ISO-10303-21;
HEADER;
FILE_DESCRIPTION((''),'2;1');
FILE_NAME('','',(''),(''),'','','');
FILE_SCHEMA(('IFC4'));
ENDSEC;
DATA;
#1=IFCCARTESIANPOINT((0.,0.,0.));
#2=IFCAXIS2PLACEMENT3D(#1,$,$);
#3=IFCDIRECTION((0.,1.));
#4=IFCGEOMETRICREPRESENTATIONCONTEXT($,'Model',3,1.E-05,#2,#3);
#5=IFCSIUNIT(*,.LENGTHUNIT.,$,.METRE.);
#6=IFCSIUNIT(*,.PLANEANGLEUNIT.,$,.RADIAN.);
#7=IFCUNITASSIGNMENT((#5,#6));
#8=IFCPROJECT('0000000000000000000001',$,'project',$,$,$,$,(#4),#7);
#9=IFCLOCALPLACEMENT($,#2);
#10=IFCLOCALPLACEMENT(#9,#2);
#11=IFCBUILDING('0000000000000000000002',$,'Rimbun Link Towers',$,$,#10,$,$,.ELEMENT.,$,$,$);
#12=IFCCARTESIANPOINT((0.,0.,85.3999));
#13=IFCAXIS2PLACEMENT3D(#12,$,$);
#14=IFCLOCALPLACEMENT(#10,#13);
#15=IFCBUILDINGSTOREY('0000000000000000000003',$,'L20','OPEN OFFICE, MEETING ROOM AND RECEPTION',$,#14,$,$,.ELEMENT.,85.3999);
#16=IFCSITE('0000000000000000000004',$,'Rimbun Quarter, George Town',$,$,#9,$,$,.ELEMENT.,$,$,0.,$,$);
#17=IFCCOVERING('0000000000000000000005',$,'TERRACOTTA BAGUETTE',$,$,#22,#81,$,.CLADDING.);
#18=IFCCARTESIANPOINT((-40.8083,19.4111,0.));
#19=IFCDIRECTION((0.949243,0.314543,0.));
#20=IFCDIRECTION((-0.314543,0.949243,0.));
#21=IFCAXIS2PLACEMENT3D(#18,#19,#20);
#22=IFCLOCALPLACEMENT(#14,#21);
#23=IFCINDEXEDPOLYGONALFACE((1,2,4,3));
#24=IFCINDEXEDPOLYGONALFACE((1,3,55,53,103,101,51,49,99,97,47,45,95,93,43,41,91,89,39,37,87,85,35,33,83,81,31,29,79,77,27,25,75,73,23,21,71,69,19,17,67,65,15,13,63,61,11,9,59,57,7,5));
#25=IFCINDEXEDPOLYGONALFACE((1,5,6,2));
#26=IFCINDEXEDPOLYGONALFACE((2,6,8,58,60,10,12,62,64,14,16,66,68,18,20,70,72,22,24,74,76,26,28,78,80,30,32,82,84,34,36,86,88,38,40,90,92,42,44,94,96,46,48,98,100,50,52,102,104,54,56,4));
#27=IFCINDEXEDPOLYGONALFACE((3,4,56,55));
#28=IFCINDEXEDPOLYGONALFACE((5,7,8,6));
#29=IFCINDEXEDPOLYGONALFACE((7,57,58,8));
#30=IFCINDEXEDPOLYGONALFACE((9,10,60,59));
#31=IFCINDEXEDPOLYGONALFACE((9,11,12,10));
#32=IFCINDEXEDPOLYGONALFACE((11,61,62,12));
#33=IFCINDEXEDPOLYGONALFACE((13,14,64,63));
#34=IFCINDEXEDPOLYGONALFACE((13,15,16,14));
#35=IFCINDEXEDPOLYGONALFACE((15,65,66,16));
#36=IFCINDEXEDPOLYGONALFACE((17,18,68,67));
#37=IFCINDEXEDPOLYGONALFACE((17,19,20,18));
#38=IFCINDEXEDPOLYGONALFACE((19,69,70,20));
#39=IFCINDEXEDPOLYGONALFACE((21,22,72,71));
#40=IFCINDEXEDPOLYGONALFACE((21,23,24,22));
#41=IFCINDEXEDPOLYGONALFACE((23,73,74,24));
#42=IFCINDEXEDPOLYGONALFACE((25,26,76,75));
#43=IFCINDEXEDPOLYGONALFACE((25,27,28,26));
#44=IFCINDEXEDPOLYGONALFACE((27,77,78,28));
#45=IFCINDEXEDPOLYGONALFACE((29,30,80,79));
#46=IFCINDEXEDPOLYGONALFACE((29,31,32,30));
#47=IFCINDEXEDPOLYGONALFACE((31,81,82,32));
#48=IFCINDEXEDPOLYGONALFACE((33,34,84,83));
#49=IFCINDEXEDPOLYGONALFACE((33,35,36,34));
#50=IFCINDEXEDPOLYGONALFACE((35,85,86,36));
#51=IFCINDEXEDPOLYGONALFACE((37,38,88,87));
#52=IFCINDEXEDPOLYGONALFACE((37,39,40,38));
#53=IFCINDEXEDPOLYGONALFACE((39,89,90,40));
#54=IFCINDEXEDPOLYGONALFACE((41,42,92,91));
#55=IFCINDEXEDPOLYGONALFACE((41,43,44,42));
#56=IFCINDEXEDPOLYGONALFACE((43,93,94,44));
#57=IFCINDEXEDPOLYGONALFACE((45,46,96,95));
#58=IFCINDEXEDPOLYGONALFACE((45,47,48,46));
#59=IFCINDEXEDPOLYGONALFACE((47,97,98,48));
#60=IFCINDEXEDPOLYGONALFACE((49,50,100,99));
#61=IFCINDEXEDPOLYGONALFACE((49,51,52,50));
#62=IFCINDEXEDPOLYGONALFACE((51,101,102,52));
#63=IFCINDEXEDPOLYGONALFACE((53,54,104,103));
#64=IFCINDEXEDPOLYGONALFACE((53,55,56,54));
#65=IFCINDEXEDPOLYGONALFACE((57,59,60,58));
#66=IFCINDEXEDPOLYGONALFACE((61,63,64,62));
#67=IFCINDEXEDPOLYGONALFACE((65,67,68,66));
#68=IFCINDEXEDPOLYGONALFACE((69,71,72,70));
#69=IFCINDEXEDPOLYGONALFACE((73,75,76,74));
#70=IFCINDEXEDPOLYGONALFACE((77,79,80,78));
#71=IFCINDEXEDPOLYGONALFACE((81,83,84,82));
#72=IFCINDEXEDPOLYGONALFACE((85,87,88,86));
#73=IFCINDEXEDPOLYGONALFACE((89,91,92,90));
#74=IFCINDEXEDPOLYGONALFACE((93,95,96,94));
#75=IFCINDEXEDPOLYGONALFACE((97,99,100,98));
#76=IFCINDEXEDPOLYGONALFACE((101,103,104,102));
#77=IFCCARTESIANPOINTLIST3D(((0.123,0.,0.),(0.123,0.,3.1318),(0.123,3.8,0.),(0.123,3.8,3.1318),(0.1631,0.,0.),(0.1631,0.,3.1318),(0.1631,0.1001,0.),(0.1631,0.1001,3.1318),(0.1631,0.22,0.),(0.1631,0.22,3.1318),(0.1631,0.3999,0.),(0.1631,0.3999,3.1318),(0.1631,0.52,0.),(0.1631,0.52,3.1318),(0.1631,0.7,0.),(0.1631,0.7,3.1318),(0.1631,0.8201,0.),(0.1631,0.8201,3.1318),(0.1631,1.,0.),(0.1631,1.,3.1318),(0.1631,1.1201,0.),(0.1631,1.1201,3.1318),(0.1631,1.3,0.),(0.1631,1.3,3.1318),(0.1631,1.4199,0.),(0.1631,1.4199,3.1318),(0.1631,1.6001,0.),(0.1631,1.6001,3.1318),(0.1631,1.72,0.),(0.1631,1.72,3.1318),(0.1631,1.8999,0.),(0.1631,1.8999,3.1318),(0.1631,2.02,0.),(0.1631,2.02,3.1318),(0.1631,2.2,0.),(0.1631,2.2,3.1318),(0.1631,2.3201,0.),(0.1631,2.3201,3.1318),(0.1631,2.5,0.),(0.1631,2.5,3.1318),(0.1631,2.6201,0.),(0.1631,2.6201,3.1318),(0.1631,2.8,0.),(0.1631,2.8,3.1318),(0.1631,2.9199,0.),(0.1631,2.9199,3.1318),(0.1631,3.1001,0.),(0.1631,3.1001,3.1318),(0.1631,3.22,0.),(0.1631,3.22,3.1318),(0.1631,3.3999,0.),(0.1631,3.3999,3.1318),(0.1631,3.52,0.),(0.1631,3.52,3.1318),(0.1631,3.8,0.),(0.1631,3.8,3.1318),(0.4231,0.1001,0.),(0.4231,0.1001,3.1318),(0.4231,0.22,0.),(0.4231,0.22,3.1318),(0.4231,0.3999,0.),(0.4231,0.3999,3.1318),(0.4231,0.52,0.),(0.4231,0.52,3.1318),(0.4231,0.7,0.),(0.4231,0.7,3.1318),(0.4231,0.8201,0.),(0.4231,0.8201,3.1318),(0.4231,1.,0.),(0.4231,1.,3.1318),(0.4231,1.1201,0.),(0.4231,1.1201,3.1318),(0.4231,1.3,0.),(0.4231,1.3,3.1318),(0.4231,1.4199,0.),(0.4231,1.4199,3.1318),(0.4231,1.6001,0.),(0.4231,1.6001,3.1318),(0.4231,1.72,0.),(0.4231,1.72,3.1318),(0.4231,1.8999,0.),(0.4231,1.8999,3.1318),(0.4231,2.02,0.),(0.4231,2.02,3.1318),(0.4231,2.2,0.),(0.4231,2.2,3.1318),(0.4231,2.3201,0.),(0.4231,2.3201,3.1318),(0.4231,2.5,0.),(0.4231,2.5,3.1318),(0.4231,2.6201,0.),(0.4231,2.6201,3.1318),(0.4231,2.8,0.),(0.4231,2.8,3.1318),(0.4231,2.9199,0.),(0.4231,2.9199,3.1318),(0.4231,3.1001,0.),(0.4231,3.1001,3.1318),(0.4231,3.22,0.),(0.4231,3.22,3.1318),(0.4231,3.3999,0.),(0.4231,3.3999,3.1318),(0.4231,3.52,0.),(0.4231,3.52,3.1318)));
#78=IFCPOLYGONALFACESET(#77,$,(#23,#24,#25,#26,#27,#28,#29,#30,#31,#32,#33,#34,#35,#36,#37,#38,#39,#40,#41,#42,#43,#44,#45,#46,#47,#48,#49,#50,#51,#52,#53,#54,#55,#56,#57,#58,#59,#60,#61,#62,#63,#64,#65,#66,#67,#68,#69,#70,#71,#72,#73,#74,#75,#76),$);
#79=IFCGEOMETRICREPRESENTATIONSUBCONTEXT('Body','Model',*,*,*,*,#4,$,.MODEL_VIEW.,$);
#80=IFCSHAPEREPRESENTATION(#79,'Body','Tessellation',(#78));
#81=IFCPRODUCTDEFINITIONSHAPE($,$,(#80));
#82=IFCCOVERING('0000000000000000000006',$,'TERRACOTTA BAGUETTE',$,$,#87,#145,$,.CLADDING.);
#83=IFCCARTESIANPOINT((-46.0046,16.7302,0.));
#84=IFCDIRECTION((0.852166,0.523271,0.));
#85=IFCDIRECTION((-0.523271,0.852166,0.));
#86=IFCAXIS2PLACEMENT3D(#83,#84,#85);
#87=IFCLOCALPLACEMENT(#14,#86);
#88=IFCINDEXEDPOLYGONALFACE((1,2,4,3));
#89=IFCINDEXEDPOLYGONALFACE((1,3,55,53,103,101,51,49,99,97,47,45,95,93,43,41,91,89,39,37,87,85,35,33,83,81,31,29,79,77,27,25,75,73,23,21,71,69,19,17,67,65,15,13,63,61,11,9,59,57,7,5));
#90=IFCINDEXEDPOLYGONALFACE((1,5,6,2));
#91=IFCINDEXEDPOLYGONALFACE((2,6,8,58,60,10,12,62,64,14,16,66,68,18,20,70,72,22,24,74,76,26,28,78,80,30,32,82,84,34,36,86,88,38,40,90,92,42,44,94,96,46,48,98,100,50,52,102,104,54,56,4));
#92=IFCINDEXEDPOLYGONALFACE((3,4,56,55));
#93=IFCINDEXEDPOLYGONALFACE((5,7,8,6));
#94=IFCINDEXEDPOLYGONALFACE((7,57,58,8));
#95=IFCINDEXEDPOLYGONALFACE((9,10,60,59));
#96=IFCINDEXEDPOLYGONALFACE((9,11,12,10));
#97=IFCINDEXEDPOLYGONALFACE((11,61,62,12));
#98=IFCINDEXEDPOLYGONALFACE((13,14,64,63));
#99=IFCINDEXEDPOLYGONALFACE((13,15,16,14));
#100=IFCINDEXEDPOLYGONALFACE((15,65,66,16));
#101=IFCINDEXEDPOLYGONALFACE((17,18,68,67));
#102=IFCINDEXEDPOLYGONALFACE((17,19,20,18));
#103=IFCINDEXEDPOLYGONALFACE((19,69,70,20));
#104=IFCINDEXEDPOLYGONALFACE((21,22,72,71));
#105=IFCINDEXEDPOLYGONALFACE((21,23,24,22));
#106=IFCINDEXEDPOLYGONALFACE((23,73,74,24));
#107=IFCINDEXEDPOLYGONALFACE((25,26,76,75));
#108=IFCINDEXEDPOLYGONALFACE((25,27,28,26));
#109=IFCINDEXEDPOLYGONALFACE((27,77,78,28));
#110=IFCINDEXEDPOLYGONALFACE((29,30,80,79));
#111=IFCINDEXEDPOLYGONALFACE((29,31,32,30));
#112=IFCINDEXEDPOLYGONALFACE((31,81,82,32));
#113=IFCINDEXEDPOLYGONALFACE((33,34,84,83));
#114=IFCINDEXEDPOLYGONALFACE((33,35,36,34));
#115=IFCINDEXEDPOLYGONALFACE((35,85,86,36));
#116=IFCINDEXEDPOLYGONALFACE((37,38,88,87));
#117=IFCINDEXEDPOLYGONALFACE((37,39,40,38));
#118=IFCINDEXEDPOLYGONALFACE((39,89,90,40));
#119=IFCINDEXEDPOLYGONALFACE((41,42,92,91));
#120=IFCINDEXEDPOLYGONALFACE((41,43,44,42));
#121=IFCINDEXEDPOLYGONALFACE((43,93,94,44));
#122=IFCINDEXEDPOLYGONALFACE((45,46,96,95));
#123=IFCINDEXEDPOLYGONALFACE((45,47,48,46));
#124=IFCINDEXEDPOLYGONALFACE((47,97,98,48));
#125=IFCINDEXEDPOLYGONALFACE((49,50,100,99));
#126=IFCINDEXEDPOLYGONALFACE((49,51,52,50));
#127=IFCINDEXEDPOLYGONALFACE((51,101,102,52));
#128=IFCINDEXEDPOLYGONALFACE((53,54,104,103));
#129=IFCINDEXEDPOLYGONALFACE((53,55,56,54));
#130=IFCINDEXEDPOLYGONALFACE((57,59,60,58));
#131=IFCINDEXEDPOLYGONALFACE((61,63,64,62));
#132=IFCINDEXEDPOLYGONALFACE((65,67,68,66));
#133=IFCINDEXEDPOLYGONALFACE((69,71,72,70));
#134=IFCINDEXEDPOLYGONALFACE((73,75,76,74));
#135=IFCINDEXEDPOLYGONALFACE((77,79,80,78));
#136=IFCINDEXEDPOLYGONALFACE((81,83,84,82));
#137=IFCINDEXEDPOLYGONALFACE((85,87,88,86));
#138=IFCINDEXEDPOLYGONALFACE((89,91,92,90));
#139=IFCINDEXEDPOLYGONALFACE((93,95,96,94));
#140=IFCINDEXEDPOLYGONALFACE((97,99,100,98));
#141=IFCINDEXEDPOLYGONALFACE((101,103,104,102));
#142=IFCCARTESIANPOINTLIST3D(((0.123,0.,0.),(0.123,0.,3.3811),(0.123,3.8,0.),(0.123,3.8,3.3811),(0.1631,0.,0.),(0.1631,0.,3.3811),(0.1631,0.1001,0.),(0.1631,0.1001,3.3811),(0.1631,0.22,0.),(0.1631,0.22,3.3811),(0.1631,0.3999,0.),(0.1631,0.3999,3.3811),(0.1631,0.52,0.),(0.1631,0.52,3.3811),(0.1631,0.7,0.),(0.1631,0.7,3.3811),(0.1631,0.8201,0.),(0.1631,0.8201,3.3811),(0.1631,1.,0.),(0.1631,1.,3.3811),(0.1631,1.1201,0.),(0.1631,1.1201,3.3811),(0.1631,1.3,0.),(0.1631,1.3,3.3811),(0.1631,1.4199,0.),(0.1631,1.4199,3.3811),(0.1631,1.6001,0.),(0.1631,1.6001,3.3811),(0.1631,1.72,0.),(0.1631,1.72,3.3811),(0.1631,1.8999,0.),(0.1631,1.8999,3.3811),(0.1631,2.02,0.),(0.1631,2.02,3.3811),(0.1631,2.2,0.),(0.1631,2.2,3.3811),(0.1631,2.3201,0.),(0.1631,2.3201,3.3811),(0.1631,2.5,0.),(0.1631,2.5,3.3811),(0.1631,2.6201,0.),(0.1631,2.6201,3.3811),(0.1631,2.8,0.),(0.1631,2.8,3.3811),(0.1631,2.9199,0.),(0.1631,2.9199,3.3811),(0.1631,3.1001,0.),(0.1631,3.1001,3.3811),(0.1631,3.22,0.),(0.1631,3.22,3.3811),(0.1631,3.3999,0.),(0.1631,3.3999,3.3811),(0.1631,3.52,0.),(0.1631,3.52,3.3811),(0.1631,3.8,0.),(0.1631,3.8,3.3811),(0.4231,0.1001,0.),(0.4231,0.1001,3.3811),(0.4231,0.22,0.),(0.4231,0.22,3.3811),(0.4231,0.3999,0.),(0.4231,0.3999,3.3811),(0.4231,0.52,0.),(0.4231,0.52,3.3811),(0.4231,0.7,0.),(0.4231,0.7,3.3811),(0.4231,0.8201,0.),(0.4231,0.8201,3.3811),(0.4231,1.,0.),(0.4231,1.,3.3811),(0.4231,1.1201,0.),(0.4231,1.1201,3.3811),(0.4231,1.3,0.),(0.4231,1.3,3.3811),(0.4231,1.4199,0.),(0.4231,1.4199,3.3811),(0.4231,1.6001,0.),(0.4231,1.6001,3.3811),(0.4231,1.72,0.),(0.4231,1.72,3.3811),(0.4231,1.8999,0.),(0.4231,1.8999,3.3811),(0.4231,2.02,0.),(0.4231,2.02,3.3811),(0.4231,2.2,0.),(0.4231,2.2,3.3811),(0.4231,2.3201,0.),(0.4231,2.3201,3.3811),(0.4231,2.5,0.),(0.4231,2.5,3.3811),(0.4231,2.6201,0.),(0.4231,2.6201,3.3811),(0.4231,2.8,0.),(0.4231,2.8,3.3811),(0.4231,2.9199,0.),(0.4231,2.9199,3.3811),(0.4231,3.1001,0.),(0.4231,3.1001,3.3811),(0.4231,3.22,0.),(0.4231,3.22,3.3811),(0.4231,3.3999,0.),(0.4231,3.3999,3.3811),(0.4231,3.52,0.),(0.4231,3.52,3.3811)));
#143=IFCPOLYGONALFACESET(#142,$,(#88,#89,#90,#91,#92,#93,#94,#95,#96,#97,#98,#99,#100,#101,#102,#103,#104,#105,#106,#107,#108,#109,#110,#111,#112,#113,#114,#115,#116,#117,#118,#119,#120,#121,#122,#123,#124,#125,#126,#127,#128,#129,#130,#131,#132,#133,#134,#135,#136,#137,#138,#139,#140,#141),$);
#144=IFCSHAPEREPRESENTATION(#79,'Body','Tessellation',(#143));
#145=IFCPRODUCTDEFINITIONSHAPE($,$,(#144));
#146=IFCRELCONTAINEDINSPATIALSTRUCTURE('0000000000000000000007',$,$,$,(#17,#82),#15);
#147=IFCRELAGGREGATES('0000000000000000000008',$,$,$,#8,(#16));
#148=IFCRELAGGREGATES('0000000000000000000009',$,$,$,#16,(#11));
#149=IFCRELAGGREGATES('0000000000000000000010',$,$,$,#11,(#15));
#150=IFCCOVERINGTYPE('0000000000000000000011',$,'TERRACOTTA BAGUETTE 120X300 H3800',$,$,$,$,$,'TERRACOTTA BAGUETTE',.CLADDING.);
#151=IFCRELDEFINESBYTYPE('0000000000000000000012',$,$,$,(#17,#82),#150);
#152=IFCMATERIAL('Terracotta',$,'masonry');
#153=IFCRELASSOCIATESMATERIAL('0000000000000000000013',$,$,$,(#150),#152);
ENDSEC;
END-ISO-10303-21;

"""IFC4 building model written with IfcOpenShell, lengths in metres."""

from ifc_helpers import new_model, si_unit, direction, frame, origin, place, context, subcontext, project, spatial, polyline, outline, extrude, material, material_profile, profile_set, type_object, element, save


model = new_model("IFC4")

# Units and contexts
model_context = context("Model", 3, precision=1e-05, world=origin(), true_north=direction((0.0, 1.0)))
body_context = subcontext(model_context, "Body", "Model", "MODEL_VIEW")
ifc_project = project(units=[si_unit("LENGTHUNIT", "METRE"), si_unit("PLANEANGLEUNIT", "RADIAN")], contexts=[model_context])

# Site, building, storey
site_placement = place(None, origin())
site = spatial("IfcSite", under=ifc_project, at=site_placement, Name="Rimbun Quarter, George Town", CompositionType="ELEMENT", RefElevation=0.0)
building_placement = place(site_placement, origin())
building = spatial("IfcBuilding", under=site, at=building_placement, Name="Rimbun Link Towers", CompositionType="ELEMENT")
storey_placement = place(building_placement, frame((0.0, 0.0, 85.3999)))
storey = spatial("IfcBuildingStorey", under=building, at=storey_placement, Name="L20", Description="OPEN OFFICE, MEETING ROOM AND RECEPTION", CompositionType="ELEMENT", Elevation=85.3999)

# Coverings
ifc_material_1 = material(Name="Terracotta", Category="masonry")
ifc_material_profile_1 = material_profile(ifc_material_1, outline(polyline([(0.123, 0.0), (0.1631, 0.0), (0.1631, 0.1001), (0.4231, 0.1001), (0.4231, 0.22), (0.1631, 0.22), (0.1631, 0.3999), (0.4231, 0.3999), (0.4231, 0.52), (0.1631, 0.52), (0.1631, 0.7), (0.4231, 0.7), (0.4231, 0.8201), (0.1631, 0.8201), (0.1631, 1.0), (0.4231, 1.0), (0.4231, 1.1201), (0.1631, 1.1201), (0.1631, 1.3), (0.4231, 1.3), (0.4231, 1.4199), (0.1631, 1.4199), (0.1631, 1.6001), (0.4231, 1.6001), (0.4231, 1.72), (0.1631, 1.72), (0.1631, 1.8999), (0.4231, 1.8999), (0.4231, 2.02), (0.1631, 2.02), (0.1631, 2.2), (0.4231, 2.2), (0.4231, 2.3201), (0.1631, 2.3201), (0.1631, 2.5), (0.4231, 2.5), (0.4231, 2.6201), (0.1631, 2.6201), (0.1631, 2.8), (0.4231, 2.8), (0.4231, 2.9199), (0.1631, 2.9199), (0.1631, 3.1001), (0.4231, 3.1001), (0.4231, 3.22), (0.1631, 3.22), (0.1631, 3.3999), (0.4231, 3.3999), (0.4231, 3.52), (0.1631, 3.52), (0.1631, 3.8), (0.123, 3.8), (0.123, 0.0)])), Name="BAGUETTE 120X300")
ifc_profile_set_1 = profile_set([ifc_material_profile_1], Name="Terracotta")
covering_type = type_object("IfcCoveringType", Name="TERRACOTTA BAGUETTE 120X300 H3800", ElementType="TERRACOTTA BAGUETTE", PredefinedType="CLADDING", material=ifc_profile_set_1)
covering_1_placement = place(storey_placement, frame((-40.8083, 19.4111, 0.0), z_axis=(0.949243, 0.314543, 0.0), x_axis=(-0.314543, 0.949243, 0.0)))
element("IfcCovering", 1, at=covering_1_placement, inside=storey, type_object=covering_type, Name="TERRACOTTA BAGUETTE", PredefinedType="CLADDING", context=body_context, shape_type="SweptSolid", body=[
    extrude(outline(polyline([(0.123, 0.0), (0.1631, 0.0), (0.1631, 0.1001), (0.4231, 0.1001), (0.4231, 0.22), (0.1631, 0.22), (0.1631, 0.3999), (0.4231, 0.3999), (0.4231, 0.52), (0.1631, 0.52), (0.1631, 0.7), (0.4231, 0.7), (0.4231, 0.8201), (0.1631, 0.8201), (0.1631, 1.0), (0.4231, 1.0), (0.4231, 1.1201), (0.1631, 1.1201), (0.1631, 1.3), (0.4231, 1.3), (0.4231, 1.4199), (0.1631, 1.4199), (0.1631, 1.6001), (0.4231, 1.6001), (0.4231, 1.72), (0.1631, 1.72), (0.1631, 1.8999), (0.4231, 1.8999), (0.4231, 2.02), (0.1631, 2.02), (0.1631, 2.2), (0.4231, 2.2), (0.4231, 2.3201), (0.1631, 2.3201), (0.1631, 2.5), (0.4231, 2.5), (0.4231, 2.6201), (0.1631, 2.6201), (0.1631, 2.8), (0.4231, 2.8), (0.4231, 2.9199), (0.1631, 2.9199), (0.1631, 3.1001), (0.4231, 3.1001), (0.4231, 3.22), (0.1631, 3.22), (0.1631, 3.3999), (0.4231, 3.3999), (0.4231, 3.52), (0.1631, 3.52), (0.1631, 3.8), (0.123, 3.8), (0.123, 0.0)])), origin(), (0.0, 0.0, 1.0), 3.1318),
])
covering_2_placement = place(storey_placement, frame((-46.0046, 16.7302, 0.0), z_axis=(0.852166, 0.523271, 0.0), x_axis=(-0.523271, 0.852166, 0.0)))
element("IfcCovering", 2, at=covering_2_placement, inside=storey, type_object=covering_type, Name="TERRACOTTA BAGUETTE", PredefinedType="CLADDING", context=body_context, shape_type="SweptSolid", body=[
    extrude(outline(polyline([(0.123, 0.0), (0.1631, 0.0), (0.1631, 0.1001), (0.4231, 0.1001), (0.4231, 0.22), (0.1631, 0.22), (0.1631, 0.3999), (0.4231, 0.3999), (0.4231, 0.52), (0.1631, 0.52), (0.1631, 0.7), (0.4231, 0.7), (0.4231, 0.8201), (0.1631, 0.8201), (0.1631, 1.0), (0.4231, 1.0), (0.4231, 1.1201), (0.1631, 1.1201), (0.1631, 1.3), (0.4231, 1.3), (0.4231, 1.4199), (0.1631, 1.4199), (0.1631, 1.6001), (0.4231, 1.6001), (0.4231, 1.72), (0.1631, 1.72), (0.1631, 1.8999), (0.4231, 1.8999), (0.4231, 2.02), (0.1631, 2.02), (0.1631, 2.2), (0.4231, 2.2), (0.4231, 2.3201), (0.1631, 2.3201), (0.1631, 2.5), (0.4231, 2.5), (0.4231, 2.6201), (0.1631, 2.6201), (0.1631, 2.8), (0.4231, 2.8), (0.4231, 2.9199), (0.1631, 2.9199), (0.1631, 3.1001), (0.4231, 3.1001), (0.4231, 3.22), (0.1631, 3.22), (0.1631, 3.3999), (0.4231, 3.3999), (0.4231, 3.52), (0.1631, 3.52), (0.1631, 3.8), (0.123, 3.8), (0.123, 0.0)])), origin(), (0.0, 0.0, 1.0), 3.3811),
])

save(model, "model.ifc")
